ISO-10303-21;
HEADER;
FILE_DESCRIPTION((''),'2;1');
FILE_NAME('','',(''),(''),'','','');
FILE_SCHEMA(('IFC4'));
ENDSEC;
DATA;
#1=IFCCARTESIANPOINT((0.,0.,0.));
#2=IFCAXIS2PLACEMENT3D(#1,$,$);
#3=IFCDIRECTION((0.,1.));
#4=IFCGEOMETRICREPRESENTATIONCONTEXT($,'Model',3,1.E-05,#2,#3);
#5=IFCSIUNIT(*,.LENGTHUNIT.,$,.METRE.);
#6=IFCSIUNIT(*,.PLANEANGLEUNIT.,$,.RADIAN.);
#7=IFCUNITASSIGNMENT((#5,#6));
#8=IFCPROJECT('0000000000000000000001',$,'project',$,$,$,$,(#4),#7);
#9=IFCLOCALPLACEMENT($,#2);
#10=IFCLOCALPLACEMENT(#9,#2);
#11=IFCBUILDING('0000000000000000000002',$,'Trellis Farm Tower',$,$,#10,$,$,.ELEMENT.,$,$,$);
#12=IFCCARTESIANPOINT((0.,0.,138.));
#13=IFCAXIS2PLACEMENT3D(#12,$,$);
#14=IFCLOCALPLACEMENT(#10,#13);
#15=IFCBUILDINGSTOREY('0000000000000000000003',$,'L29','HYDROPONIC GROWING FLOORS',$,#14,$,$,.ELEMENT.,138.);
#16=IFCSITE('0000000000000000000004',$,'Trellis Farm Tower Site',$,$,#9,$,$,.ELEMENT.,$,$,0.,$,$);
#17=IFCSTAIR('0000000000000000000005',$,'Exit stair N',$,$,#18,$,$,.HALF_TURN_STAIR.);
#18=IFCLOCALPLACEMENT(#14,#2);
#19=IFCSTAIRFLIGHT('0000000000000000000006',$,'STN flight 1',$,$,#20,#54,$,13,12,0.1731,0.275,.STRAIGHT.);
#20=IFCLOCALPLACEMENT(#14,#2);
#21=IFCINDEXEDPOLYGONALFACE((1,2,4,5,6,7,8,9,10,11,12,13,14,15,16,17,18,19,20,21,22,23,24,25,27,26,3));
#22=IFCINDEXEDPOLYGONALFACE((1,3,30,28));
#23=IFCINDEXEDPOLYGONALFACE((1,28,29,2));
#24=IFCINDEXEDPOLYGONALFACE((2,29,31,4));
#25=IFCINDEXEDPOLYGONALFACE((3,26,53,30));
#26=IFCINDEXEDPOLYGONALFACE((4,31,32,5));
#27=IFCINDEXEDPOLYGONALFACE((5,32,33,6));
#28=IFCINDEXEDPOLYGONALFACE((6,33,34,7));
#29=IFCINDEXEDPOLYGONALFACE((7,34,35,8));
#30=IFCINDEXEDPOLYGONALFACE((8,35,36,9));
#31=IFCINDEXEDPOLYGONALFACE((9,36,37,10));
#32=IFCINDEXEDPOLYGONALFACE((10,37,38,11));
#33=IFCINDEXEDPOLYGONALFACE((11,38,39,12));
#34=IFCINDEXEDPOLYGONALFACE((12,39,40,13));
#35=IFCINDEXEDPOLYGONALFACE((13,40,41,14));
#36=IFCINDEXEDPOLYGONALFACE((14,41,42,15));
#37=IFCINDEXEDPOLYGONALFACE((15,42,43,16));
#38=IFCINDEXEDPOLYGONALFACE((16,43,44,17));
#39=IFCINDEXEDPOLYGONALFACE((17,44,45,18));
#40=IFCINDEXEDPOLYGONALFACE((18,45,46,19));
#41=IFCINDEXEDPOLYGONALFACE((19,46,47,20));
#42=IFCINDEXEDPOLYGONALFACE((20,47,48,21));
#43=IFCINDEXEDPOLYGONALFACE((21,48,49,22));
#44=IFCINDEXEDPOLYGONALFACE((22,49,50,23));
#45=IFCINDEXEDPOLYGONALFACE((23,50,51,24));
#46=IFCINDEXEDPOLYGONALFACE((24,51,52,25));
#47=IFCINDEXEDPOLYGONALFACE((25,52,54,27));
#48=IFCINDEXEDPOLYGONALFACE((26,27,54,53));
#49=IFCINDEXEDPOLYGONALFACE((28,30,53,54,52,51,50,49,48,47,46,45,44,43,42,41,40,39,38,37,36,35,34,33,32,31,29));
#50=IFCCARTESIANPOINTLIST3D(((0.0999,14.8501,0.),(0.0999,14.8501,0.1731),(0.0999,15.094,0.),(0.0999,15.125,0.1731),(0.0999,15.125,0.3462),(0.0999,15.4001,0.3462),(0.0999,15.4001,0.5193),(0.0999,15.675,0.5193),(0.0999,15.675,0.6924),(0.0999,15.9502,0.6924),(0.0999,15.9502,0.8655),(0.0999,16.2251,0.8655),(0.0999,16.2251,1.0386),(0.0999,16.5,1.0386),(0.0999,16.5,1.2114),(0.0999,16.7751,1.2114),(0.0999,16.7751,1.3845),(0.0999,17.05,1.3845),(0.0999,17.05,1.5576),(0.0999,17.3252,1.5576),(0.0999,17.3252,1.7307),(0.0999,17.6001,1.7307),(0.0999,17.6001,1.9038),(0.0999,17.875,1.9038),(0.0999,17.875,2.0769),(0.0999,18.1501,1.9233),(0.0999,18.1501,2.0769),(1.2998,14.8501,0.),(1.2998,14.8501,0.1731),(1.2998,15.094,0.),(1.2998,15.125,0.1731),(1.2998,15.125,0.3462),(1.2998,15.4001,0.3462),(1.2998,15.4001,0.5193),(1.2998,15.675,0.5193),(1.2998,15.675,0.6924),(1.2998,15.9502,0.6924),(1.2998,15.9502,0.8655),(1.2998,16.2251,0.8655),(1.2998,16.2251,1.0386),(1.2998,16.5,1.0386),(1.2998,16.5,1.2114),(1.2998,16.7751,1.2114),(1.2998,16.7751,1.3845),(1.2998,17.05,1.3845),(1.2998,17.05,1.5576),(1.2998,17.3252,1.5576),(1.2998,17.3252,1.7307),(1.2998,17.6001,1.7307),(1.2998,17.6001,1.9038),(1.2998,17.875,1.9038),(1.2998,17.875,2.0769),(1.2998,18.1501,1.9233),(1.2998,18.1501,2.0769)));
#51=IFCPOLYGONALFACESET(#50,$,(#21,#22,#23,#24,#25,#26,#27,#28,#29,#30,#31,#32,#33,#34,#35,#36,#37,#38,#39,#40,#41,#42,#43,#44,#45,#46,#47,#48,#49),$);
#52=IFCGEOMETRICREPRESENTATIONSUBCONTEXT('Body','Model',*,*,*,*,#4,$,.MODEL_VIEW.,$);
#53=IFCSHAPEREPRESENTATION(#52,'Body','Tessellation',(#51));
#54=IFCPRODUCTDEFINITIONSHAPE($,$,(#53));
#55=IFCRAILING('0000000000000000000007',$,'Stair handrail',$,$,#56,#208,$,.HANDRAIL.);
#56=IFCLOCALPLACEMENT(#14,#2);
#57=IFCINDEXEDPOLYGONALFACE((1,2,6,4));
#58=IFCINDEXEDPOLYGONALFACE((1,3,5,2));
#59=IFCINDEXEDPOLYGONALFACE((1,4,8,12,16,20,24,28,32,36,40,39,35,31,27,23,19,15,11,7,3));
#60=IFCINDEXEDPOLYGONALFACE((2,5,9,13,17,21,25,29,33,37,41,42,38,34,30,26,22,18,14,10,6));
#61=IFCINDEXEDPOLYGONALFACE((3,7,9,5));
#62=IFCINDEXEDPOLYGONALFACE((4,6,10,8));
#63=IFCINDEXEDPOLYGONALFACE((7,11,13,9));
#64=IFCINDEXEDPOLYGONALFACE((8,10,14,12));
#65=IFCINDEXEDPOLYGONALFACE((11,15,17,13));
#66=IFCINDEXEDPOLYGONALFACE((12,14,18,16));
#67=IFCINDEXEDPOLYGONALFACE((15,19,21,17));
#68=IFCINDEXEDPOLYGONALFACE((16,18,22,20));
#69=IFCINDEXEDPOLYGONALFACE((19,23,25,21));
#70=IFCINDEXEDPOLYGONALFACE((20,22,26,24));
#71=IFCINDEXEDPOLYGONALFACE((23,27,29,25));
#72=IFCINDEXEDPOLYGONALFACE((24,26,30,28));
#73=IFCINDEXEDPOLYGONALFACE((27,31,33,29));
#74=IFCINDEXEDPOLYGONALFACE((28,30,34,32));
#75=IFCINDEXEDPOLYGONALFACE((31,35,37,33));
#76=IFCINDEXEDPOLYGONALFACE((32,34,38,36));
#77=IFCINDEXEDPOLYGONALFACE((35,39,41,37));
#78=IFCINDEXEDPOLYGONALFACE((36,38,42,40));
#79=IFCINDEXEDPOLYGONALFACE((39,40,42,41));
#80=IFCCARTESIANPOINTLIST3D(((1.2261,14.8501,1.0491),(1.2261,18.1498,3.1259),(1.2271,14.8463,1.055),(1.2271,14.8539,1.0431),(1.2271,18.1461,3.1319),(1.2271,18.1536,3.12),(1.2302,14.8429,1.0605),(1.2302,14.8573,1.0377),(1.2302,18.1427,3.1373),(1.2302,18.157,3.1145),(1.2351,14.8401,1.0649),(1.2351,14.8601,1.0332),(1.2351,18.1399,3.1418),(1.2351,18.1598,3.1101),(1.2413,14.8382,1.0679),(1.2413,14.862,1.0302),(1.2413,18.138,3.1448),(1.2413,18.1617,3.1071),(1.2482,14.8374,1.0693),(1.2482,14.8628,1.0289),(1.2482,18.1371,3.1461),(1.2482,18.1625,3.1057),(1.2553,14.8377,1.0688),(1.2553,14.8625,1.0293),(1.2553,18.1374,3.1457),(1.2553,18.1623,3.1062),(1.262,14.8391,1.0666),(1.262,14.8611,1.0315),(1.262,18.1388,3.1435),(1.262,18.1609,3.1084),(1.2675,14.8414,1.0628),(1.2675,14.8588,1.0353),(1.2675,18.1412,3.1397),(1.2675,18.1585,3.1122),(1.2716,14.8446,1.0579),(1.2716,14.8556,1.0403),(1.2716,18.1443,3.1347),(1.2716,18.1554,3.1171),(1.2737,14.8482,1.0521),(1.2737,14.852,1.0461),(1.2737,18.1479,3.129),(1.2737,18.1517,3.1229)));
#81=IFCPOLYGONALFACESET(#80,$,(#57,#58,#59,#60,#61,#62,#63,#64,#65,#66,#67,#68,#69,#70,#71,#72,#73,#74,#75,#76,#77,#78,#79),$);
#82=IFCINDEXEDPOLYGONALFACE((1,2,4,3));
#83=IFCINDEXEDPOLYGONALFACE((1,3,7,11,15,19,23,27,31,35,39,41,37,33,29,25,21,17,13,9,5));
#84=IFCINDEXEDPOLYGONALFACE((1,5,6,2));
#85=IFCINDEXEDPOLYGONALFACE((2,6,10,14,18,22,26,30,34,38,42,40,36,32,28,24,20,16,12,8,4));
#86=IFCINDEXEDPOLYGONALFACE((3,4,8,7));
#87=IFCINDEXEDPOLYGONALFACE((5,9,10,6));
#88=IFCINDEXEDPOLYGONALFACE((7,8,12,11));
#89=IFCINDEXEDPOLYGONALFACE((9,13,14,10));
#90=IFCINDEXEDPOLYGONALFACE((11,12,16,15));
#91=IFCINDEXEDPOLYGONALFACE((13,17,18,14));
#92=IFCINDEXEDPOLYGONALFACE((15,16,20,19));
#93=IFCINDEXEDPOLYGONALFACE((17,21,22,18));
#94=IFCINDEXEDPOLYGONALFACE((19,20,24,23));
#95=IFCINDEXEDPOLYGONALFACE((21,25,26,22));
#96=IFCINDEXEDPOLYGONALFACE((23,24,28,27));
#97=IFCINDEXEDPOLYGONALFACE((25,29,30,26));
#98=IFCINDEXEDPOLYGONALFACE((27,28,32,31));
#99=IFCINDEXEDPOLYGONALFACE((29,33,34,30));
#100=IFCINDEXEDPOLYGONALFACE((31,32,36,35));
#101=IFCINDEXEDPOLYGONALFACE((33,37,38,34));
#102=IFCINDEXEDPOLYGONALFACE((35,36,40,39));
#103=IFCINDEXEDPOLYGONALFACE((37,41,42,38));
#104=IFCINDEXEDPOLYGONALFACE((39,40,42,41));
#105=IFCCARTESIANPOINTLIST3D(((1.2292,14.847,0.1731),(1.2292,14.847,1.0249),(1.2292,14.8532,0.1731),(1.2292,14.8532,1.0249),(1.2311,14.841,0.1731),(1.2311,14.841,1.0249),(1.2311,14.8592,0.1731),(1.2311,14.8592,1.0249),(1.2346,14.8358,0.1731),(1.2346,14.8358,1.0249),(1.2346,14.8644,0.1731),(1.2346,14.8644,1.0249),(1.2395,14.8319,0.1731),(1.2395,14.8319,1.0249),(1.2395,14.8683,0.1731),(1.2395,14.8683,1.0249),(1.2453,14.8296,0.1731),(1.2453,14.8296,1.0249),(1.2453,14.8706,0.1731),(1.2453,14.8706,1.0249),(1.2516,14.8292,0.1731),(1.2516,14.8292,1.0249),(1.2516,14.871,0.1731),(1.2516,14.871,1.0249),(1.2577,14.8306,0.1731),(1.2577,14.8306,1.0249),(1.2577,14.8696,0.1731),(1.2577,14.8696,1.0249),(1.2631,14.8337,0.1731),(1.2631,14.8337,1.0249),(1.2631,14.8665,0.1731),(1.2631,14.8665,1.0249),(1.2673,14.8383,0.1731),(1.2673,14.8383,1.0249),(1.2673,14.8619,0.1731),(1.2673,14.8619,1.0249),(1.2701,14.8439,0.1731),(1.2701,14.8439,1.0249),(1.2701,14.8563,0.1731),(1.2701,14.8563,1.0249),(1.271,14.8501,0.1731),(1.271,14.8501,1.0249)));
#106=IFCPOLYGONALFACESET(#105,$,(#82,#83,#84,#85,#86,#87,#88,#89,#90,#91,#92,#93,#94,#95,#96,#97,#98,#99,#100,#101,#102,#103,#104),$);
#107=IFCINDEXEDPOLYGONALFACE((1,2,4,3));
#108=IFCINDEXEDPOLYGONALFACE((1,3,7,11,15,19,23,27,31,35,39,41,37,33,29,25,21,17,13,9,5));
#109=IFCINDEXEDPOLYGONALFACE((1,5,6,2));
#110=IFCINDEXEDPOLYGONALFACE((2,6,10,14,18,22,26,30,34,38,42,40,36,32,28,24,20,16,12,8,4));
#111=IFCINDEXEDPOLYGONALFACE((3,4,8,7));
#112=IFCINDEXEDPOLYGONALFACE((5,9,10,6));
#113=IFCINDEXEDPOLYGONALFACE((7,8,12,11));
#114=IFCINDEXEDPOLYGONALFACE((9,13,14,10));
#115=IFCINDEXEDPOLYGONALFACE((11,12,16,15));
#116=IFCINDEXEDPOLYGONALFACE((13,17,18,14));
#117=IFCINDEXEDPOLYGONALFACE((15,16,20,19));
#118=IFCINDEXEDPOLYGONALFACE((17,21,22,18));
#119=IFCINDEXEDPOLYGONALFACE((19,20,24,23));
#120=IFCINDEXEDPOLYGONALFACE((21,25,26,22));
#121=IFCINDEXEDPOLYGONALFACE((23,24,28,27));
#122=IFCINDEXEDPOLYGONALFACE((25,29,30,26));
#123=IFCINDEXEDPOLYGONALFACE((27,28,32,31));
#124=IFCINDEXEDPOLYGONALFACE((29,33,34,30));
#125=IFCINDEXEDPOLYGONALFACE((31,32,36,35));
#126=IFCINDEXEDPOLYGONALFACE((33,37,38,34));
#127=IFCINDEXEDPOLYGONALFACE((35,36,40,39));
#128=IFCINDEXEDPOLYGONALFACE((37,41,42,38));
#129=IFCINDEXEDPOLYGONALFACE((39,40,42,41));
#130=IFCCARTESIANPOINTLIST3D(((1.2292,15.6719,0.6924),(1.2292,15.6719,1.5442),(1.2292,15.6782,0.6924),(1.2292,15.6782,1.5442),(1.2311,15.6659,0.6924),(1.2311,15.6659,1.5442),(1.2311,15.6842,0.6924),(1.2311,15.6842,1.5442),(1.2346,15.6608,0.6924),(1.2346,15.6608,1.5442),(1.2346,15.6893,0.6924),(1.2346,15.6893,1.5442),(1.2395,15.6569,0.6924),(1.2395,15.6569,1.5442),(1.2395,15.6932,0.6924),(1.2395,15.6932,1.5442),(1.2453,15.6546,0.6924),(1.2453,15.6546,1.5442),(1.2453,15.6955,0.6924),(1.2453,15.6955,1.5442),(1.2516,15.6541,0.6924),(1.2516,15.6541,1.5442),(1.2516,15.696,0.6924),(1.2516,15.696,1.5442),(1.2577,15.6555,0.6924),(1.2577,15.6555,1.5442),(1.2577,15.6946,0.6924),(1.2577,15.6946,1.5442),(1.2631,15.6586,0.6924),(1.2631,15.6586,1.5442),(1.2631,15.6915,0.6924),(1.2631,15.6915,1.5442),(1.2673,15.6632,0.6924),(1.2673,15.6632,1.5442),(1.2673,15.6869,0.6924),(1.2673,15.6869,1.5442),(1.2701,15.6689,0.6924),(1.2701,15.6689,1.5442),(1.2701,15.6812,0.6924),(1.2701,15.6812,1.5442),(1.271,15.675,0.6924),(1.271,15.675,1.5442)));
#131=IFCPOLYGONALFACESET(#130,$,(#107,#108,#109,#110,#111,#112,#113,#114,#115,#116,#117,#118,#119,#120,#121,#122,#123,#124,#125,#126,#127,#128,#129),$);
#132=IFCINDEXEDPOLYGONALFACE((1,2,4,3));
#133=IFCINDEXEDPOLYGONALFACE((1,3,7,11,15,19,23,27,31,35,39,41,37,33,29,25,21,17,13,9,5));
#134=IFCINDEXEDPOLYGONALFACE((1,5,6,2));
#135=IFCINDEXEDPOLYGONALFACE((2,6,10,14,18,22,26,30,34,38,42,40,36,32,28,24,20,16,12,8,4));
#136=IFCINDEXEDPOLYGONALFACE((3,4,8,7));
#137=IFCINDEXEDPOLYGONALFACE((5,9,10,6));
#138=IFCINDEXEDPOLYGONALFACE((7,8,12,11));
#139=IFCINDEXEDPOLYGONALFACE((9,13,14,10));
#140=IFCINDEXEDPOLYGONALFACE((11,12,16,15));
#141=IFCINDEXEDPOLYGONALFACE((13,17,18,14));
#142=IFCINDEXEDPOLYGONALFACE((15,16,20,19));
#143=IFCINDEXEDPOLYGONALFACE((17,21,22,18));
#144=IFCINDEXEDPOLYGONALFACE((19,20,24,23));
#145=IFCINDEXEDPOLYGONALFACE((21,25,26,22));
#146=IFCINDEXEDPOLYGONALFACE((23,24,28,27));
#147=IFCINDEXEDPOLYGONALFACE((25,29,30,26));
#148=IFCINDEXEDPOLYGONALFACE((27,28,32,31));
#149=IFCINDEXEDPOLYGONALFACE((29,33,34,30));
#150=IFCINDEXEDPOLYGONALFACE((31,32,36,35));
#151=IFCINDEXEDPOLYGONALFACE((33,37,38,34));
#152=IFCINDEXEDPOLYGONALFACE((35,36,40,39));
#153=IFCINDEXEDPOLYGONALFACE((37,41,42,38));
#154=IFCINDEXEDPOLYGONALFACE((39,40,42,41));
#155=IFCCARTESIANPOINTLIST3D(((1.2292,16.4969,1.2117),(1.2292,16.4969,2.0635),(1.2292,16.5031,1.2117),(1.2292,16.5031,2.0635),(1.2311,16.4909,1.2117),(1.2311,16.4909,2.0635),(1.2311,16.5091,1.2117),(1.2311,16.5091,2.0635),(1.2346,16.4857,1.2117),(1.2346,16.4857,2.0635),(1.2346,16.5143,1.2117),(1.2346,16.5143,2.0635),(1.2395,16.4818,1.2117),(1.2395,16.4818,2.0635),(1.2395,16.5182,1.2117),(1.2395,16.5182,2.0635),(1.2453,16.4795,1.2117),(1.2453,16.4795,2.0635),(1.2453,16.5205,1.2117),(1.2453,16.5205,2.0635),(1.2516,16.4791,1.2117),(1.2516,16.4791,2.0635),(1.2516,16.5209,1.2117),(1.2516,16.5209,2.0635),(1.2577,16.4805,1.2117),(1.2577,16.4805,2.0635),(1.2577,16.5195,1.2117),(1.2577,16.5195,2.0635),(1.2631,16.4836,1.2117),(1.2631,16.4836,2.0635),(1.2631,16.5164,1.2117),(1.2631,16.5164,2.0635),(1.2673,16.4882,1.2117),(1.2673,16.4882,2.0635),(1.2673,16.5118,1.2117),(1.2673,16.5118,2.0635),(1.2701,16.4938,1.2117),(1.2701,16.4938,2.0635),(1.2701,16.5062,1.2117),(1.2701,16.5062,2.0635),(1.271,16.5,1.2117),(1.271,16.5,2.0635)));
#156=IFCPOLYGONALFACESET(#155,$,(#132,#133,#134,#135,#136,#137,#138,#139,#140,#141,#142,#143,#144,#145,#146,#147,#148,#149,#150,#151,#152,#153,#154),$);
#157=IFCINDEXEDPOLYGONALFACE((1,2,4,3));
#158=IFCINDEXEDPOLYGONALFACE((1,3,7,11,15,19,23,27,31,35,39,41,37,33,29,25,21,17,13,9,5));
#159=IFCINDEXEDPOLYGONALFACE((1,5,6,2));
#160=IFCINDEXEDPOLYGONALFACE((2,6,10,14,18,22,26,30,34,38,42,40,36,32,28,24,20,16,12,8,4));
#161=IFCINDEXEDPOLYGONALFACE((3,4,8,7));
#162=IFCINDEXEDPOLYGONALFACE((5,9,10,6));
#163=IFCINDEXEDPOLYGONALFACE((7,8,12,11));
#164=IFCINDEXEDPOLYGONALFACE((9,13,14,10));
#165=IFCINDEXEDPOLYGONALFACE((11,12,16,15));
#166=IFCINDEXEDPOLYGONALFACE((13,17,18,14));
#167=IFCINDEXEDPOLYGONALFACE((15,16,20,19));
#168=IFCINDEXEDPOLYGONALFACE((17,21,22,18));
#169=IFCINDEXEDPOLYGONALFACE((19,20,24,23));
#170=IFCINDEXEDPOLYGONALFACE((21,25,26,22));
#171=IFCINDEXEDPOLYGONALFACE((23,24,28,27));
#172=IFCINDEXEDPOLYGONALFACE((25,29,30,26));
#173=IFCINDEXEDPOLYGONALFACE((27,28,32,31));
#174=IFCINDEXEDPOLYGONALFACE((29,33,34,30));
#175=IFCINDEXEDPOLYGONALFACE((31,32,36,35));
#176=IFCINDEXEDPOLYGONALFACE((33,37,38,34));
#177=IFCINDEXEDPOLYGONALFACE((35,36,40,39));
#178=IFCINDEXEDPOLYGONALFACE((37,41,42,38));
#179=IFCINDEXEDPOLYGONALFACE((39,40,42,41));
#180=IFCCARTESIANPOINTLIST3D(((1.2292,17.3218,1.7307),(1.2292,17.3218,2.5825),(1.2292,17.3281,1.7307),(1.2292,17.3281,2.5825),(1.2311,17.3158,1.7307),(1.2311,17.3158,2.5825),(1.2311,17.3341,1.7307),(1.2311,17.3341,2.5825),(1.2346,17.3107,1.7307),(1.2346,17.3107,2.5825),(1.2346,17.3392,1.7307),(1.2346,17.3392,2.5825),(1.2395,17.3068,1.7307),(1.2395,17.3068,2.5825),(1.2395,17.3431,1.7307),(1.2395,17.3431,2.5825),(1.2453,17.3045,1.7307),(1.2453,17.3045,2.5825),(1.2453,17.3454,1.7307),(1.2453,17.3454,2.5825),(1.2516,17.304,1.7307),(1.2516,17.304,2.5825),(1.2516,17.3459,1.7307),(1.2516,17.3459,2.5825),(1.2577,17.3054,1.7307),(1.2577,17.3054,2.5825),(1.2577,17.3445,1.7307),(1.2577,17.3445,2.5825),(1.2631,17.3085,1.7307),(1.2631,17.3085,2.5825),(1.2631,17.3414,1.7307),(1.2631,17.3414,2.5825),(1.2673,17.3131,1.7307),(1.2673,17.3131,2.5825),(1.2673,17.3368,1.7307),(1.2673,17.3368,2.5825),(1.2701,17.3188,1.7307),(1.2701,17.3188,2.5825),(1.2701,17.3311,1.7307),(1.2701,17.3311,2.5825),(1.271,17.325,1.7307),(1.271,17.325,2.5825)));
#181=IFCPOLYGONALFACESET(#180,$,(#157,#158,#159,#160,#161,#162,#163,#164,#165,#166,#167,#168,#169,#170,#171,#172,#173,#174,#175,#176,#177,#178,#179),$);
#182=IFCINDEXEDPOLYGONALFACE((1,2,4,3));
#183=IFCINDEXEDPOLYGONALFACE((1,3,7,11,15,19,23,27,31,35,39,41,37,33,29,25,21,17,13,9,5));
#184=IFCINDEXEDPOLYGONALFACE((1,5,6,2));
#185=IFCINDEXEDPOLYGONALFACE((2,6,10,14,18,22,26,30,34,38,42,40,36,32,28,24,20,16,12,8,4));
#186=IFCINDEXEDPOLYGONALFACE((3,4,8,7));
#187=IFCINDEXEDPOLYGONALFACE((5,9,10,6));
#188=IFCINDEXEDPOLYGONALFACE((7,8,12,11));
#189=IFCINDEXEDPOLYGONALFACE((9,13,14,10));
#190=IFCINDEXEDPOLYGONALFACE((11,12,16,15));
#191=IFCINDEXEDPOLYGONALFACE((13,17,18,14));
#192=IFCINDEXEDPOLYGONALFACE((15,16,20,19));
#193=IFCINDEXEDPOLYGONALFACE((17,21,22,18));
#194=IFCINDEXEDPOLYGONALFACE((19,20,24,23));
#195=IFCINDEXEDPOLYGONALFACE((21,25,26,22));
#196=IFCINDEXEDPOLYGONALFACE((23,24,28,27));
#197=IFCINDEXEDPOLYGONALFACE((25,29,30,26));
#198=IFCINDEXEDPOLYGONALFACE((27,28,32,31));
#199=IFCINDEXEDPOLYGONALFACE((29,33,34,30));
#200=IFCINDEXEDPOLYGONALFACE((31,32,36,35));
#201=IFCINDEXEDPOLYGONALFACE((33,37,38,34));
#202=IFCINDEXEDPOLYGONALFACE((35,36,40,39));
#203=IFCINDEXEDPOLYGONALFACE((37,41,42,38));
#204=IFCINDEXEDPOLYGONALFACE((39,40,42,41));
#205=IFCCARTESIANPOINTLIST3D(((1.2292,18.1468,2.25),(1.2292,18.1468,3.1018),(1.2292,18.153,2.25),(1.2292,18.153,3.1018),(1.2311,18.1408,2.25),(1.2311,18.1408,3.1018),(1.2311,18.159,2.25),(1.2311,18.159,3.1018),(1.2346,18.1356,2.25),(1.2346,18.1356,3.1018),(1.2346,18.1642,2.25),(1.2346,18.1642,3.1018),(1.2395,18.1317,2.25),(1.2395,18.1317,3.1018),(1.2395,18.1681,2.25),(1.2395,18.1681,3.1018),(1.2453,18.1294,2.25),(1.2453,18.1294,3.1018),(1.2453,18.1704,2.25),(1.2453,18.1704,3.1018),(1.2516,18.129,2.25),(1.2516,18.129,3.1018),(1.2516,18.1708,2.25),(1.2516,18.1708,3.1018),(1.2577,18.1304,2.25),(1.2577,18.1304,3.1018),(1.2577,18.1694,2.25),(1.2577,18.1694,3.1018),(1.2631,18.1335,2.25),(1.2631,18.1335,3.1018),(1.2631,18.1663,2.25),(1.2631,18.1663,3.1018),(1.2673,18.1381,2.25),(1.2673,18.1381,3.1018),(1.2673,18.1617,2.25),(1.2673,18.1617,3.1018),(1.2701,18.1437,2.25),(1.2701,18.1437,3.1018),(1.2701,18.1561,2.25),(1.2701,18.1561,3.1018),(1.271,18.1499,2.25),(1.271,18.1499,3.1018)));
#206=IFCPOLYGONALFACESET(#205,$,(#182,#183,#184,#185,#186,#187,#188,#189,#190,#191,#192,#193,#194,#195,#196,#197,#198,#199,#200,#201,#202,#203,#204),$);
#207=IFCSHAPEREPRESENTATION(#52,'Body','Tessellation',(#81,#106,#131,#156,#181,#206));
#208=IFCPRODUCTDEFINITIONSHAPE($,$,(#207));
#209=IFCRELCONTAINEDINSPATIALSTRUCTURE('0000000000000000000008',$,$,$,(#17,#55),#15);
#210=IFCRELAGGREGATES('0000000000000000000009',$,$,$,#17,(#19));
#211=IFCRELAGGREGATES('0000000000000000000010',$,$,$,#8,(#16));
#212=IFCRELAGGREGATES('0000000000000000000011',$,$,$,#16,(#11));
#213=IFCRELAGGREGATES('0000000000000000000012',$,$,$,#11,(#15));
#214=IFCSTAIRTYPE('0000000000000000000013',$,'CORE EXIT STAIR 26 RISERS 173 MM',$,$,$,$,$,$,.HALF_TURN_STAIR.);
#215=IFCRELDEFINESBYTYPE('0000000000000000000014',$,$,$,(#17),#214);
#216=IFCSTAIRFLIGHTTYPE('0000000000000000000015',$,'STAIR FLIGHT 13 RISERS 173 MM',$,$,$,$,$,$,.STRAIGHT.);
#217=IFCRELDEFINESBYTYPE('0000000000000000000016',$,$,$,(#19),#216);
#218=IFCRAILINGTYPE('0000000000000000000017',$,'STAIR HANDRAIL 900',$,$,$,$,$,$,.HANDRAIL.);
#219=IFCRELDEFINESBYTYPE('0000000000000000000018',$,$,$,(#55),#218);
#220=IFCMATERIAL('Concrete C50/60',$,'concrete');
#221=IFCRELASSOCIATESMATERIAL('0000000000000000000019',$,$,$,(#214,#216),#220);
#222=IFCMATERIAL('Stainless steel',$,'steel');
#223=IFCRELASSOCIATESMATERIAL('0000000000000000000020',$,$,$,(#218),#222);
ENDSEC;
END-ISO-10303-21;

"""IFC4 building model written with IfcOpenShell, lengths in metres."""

from ifc_helpers import new_model, si_unit, direction, frame, origin, origin_2d, place, context, subcontext, project, spatial, polyline, circle, outline, extrude, source, transform, mapped, material, type_object, element, aggregate, save


model = new_model("IFC4")

# Units and contexts
model_context = context("Model", 3, precision=1e-05, world=origin(), true_north=direction((0.0, 1.0)))
body_context = subcontext(model_context, "Body", "Model", "MODEL_VIEW")
ifc_project = project(units=[si_unit("LENGTHUNIT", "METRE"), si_unit("PLANEANGLEUNIT", "RADIAN")], contexts=[model_context])

# Site, building, storey
site_placement = place(None, origin())
site = spatial("IfcSite", under=ifc_project, at=site_placement, Name="Trellis Farm Tower Site", CompositionType="ELEMENT", RefElevation=0.0)
building_placement = place(site_placement, origin())
building = spatial("IfcBuilding", under=site, at=building_placement, Name="Trellis Farm Tower", CompositionType="ELEMENT")
storey_placement = place(building_placement, frame((0.0, 0.0, 138.0)))
storey = spatial("IfcBuildingStorey", under=building, at=storey_placement, Name="L29", Description="HYDROPONIC GROWING FLOORS", CompositionType="ELEMENT", Elevation=138.0)

# Shared definitions
placement = place(storey_placement, origin())

# Stair, stair flight
ifc_material_1 = material(Name="Concrete C50/60", Category="concrete")
stair_type = type_object("IfcStairType", Name="CORE EXIT STAIR 26 RISERS 173 MM", PredefinedType="HALF_TURN_STAIR", material=ifc_material_1)
stair = element("IfcStair", 1, at=placement, inside=storey, type_object=stair_type, Name="Exit stair N", PredefinedType="HALF_TURN_STAIR")
stair_flight_type = type_object("IfcStairFlightType", Name="STAIR FLIGHT 13 RISERS 173 MM", PredefinedType="STRAIGHT", material=ifc_material_1)
shared_shape_1 = source(origin(), body_context, "Body", "SweptSolid", [
    extrude(outline(polyline([(0.0, 0.0), (0.0, 0.1731), (0.2749, 0.1731), (0.2749, 0.3462), (0.55, 0.3462), (0.55, 0.5193), (0.825, 0.5193), (0.825, 0.6924), (1.1001, 0.6924), (1.1001, 0.8655), (1.375, 0.8655), (1.375, 1.0386), (1.6499, 1.0386), (1.6499, 1.2114), (1.925, 1.2114), (1.925, 1.3845), (2.2, 1.3845), (2.2, 1.5576), (2.4751, 1.5576), (2.4751, 1.7307), (2.75, 1.7307), (2.75, 1.9038), (3.0249, 1.9038), (3.0249, 2.0769), (3.3, 2.0769), (3.3, 2.25), (3.3, 1.9233), (0.2439, 0.0), (0.0, 0.0)])), frame((0.0, 0.6001, 0.0), z_axis=(0.0, -1.0, 0.0), x_axis=(1.0, 0.0, 0.0)), (0.0, 0.0, 1.0), 1.2),
])
stair_flight_placement = place(storey_placement, frame((0.7, 14.8501, 0.0), z_axis=(0.0, 0.0, 1.0), x_axis=(0.0, 1.0, 0.0)))
stair_flight = element("IfcStairFlight", 2, at=stair_flight_placement, type_object=stair_flight_type, Name="STN flight 1", NumberOfRisers=13, NumberOfTreads=12, PredefinedType="STRAIGHT", RiserHeight=0.1731, TreadLength=0.275, context=body_context, shape_type="MappedRepresentation", body=[
    mapped(shared_shape_1, transform((0.0, 0.0, 0.0))),
])
aggregate(stair, [stair_flight])

# Railing
ifc_material_2 = material(Name="Stainless steel", Category="steel")
railing_type = type_object("IfcRailingType", Name="STAIR HANDRAIL 900", PredefinedType="HANDRAIL", material=ifc_material_2)
shared_shape_2 = source(origin(), body_context, "Body", "SweptSolid", [
    extrude(circle(Radius=0.0239, at=origin_2d()), frame((0.0, 0.0, 0.876), z_axis=(0.0, 0.84632, 0.532675), x_axis=(-1.0, 0.0, 0.0)), (0.0, 0.0, 1.0), 3.8989),
    extrude(circle(Radius=0.021, at=origin_2d()), origin(), (0.0, 0.0, 1.0), 0.8518),
    extrude(circle(Radius=0.021, at=origin_2d()), frame((0.0, 0.825, 0.5193)), (0.0, 0.0, 1.0), 0.8518),
    extrude(circle(Radius=0.021, at=origin_2d()), frame((0.0, 1.6499, 1.0386)), (0.0, 0.0, 1.0), 0.8518),
    extrude(circle(Radius=0.021, at=origin_2d()), frame((0.0, 2.4749, 1.5576)), (0.0, 0.0, 1.0), 0.8518),
    extrude(circle(Radius=0.021, at=origin_2d()), frame((0.0, 3.2998, 2.0769)), (0.0, 0.0, 1.0), 0.8518),
])
railing_placement = place(storey_placement, frame((1.25, 14.8501, 0.1731)))
element("IfcRailing", 3, at=railing_placement, inside=storey, type_object=railing_type, Name="Stair handrail", PredefinedType="HANDRAIL", context=body_context, shape_type="MappedRepresentation", body=[
    mapped(shared_shape_2, transform((0.0, 0.0, 0.0))),
])

save(model, "model.ifc")
